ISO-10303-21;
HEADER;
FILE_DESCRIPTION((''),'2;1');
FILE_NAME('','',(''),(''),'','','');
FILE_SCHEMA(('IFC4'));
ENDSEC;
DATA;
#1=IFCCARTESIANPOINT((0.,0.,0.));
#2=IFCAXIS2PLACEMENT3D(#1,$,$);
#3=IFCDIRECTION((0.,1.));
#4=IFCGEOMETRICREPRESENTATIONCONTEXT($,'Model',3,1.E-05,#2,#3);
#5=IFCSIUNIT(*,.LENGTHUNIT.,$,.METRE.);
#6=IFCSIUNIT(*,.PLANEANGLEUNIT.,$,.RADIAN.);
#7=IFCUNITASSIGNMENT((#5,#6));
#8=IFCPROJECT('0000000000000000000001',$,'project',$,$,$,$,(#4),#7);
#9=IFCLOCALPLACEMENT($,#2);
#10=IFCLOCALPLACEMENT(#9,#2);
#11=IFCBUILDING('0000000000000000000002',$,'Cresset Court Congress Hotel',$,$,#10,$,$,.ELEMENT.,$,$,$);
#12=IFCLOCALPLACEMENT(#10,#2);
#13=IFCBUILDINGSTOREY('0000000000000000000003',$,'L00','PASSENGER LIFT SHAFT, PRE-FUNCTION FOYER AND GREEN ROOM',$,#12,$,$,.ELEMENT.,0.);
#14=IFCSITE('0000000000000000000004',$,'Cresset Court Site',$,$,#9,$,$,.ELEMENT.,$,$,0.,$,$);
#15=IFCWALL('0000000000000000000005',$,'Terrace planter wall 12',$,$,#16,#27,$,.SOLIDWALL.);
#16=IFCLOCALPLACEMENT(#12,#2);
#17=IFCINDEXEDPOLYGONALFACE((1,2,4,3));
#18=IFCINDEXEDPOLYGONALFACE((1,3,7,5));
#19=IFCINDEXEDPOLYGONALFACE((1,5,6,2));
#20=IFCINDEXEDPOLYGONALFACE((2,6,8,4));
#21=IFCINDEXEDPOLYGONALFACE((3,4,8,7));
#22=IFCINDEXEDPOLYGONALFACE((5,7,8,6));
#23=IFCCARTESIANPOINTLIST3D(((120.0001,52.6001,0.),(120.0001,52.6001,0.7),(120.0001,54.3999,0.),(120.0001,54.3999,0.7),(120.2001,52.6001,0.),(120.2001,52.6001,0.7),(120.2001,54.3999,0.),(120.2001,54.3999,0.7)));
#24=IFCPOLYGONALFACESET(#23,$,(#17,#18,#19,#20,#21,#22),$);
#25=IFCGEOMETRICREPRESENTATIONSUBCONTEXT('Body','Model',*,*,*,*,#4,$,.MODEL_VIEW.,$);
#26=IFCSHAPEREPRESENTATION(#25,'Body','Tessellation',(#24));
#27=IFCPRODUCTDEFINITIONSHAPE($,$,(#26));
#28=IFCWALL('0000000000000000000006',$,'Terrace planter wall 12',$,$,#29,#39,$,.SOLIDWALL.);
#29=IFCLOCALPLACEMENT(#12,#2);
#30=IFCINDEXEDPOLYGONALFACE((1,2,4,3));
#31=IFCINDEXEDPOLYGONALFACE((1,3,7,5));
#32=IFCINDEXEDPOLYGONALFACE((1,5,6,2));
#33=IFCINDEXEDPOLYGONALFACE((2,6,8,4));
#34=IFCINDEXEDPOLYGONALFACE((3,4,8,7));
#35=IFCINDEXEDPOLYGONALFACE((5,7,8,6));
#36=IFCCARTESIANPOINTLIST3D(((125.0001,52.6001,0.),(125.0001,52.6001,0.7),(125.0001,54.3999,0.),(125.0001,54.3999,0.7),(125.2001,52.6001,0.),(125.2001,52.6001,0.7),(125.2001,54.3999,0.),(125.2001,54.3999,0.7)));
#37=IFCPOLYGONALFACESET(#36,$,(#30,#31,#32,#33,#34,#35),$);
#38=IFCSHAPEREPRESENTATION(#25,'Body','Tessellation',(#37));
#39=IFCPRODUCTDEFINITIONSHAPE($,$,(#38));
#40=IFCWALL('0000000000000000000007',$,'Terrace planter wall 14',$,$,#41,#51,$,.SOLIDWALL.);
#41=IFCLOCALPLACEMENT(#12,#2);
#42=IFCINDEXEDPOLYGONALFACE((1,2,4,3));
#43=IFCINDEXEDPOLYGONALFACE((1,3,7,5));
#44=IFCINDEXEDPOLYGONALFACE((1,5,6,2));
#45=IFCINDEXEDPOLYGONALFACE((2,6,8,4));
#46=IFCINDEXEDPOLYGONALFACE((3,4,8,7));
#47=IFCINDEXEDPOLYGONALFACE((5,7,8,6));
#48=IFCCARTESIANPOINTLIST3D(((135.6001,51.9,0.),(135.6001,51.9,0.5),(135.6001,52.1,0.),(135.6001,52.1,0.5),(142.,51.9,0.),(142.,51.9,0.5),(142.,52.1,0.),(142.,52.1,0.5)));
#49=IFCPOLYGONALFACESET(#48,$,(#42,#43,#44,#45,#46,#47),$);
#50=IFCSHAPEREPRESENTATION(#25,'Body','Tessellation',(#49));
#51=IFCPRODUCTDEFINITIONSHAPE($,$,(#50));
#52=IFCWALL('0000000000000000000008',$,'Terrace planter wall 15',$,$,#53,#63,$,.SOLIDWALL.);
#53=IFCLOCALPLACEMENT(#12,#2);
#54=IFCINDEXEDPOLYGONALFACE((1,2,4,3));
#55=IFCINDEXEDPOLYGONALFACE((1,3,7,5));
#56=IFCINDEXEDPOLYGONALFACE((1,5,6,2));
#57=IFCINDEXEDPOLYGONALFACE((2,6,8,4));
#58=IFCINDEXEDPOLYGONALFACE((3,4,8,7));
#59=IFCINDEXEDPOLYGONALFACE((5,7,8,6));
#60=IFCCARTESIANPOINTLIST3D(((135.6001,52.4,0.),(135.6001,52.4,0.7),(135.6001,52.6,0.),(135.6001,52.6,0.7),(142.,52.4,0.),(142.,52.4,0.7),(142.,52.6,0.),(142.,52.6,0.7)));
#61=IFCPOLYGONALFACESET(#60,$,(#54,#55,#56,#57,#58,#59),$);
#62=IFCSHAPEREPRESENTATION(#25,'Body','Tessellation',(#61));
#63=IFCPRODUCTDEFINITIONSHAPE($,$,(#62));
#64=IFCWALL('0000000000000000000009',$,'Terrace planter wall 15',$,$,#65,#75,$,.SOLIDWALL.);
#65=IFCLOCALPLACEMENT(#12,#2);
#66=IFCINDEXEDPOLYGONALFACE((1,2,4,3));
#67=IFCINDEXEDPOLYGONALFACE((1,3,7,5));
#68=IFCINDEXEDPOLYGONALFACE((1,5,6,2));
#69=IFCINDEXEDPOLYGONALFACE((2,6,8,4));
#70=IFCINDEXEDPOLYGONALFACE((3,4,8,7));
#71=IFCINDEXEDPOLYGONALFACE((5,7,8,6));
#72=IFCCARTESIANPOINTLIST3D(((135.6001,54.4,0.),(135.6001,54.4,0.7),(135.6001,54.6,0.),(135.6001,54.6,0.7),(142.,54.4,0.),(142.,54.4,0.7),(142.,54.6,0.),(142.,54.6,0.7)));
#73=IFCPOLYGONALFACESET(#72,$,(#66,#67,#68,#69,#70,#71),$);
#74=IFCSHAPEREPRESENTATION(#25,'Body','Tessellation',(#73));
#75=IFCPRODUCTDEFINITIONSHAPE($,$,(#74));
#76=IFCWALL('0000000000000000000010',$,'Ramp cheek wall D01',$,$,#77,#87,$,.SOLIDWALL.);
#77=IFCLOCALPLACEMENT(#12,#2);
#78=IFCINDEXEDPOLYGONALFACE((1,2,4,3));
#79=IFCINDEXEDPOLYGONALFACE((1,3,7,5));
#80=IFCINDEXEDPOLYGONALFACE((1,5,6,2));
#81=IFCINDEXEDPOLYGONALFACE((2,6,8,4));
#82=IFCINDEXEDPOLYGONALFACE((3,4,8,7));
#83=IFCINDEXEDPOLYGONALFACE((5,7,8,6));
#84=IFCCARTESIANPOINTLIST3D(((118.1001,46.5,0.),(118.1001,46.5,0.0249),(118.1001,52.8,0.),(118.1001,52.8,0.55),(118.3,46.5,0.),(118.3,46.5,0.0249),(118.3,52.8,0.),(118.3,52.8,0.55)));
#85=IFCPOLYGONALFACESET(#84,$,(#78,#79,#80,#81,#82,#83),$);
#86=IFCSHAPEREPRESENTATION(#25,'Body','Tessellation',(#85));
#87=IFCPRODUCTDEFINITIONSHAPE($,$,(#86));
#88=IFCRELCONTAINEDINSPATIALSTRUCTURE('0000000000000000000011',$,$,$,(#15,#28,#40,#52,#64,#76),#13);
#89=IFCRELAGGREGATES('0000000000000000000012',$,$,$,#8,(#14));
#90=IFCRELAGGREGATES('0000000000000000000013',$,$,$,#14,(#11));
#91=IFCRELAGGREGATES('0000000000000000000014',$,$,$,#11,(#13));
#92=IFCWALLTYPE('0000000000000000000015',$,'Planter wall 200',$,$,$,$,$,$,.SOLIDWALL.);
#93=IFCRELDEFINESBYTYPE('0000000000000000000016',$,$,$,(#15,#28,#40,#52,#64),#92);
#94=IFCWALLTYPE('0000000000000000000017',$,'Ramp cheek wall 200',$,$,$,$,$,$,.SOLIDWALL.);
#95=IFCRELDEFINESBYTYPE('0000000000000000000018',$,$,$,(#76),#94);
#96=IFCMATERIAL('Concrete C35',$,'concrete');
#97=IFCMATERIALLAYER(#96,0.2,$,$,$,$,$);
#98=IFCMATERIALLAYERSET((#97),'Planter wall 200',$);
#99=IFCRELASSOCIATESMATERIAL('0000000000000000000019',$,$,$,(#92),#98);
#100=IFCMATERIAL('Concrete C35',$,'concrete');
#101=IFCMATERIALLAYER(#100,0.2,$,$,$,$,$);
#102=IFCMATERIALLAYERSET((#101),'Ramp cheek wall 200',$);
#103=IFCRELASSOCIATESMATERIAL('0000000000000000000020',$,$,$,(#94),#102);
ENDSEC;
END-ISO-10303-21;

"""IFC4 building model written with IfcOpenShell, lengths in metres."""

from ifc_helpers import new_model, si_unit, direction, frame, frame_2d, origin, place, context, subcontext, project, spatial, polyline, rectangle, outline, extrude, material, layer, layer_set, type_object, element, save


model = new_model("IFC4")

# Units and contexts
model_context = context("Model", 3, precision=1e-05, world=origin(), true_north=direction((0.0, 1.0)))
body_context = subcontext(model_context, "Body", "Model", "MODEL_VIEW")
ifc_project = project(units=[si_unit("LENGTHUNIT", "METRE"), si_unit("PLANEANGLEUNIT", "RADIAN")], contexts=[model_context])

# Site, building, storey
site_placement = place(None, origin())
site = spatial("IfcSite", under=ifc_project, at=site_placement, Name="Cresset Court Site", CompositionType="ELEMENT", RefElevation=0.0)
building_placement = place(site_placement, origin())
building = spatial("IfcBuilding", under=site, at=building_placement, Name="Cresset Court Congress Hotel", CompositionType="ELEMENT")
storey_placement = place(building_placement, origin())
storey = spatial("IfcBuildingStorey", under=building, at=storey_placement, Name="L00", Description="PASSENGER LIFT SHAFT, PRE-FUNCTION FOYER AND GREEN ROOM", CompositionType="ELEMENT", Elevation=0.0)

# Walls
ifc_material_1 = material(Name="Concrete C35", Category="concrete")
ifc_layer_1 = layer(ifc_material_1, 0.2)
ifc_layer_set_1 = layer_set([ifc_layer_1], Name="Planter wall 200")
wall_type_1 = type_object("IfcWallType", Name="Planter wall 200", PredefinedType="SOLIDWALL", material=ifc_layer_set_1)
for number, where, z_axis, x_axis, name in (
    (1, (120.1001, 52.6001, 0.0), (0.0, 0.0, 1.0), (0.0, 1.0, 0.0), "Terrace planter wall 12"),
    (2, (125.1001, 52.6001, 0.0), (0.0, 0.0, 1.0), (0.0, 1.0, 0.0), "Terrace planter wall 12"),
):
    element("IfcWall", number, at=place(storey_placement, frame(where, z_axis=z_axis, x_axis=x_axis)), inside=storey, type_object=wall_type_1, Name=name, PredefinedType="SOLIDWALL", context=body_context, shape_type="SweptSolid", body=[
        extrude(rectangle(XDim=1.7998, YDim=0.2, at=frame_2d((0.8999, 0.0))), origin(), (0.0, 0.0, 1.0), 0.7),
    ])
wall_1_placement = place(storey_placement, frame((135.6001, 52.0, 0.0), z_axis=(0.0, 0.0, 1.0), x_axis=(1.0, 0.0, 0.0)))
element("IfcWall", 3, at=wall_1_placement, inside=storey, type_object=wall_type_1, Name="Terrace planter wall 14", PredefinedType="SOLIDWALL", context=body_context, shape_type="SweptSolid", body=[
    extrude(rectangle(XDim=6.3999, YDim=0.2, at=frame_2d((3.2, 0.0))), origin(), (0.0, 0.0, 1.0), 0.5),
])
for number, where, z_axis, x_axis, name in (
    (4, (135.6001, 52.5, 0.0), (0.0, 0.0, 1.0), (1.0, 0.0, 0.0), "Terrace planter wall 15"),
    (5, (135.6001, 54.5, 0.0), (0.0, 0.0, 1.0), (1.0, 0.0, 0.0), "Terrace planter wall 15"),
):
    element("IfcWall", number, at=place(storey_placement, frame(where, z_axis=z_axis, x_axis=x_axis)), inside=storey, type_object=wall_type_1, Name=name, PredefinedType="SOLIDWALL", context=body_context, shape_type="SweptSolid", body=[
        extrude(rectangle(XDim=6.3999, YDim=0.2, at=frame_2d((3.2, 0.0))), origin(), (0.0, 0.0, 1.0), 0.7),
    ])
ifc_material_2 = material(Name="Concrete C35", Category="concrete")
ifc_layer_2 = layer(ifc_material_2, 0.2)
ifc_layer_set_2 = layer_set([ifc_layer_2], Name="Ramp cheek wall 200")
wall_type_2 = type_object("IfcWallType", Name="Ramp cheek wall 200", PredefinedType="SOLIDWALL", material=ifc_layer_set_2)
wall_2_placement = place(storey_placement, frame((118.2, 52.8, 0.0), z_axis=(0.0, 0.0, 1.0), x_axis=(0.0, -1.0, 0.0)))
element("IfcWall", 6, at=wall_2_placement, inside=storey, type_object=wall_type_2, Name="Ramp cheek wall D01", PredefinedType="SOLIDWALL", context=body_context, shape_type="SweptSolid", body=[
    extrude(outline(polyline([(0.0, 0.0), (6.3, 0.0), (6.3, 0.0249), (0.0, 0.55), (0.0, 0.0)])), frame((0.0, 0.1001, 0.0), z_axis=(0.0, -1.0, 0.0), x_axis=(1.0, 0.0, 0.0)), (0.0, 0.0, 1.0), 0.2),
])

save(model, "model.ifc")
